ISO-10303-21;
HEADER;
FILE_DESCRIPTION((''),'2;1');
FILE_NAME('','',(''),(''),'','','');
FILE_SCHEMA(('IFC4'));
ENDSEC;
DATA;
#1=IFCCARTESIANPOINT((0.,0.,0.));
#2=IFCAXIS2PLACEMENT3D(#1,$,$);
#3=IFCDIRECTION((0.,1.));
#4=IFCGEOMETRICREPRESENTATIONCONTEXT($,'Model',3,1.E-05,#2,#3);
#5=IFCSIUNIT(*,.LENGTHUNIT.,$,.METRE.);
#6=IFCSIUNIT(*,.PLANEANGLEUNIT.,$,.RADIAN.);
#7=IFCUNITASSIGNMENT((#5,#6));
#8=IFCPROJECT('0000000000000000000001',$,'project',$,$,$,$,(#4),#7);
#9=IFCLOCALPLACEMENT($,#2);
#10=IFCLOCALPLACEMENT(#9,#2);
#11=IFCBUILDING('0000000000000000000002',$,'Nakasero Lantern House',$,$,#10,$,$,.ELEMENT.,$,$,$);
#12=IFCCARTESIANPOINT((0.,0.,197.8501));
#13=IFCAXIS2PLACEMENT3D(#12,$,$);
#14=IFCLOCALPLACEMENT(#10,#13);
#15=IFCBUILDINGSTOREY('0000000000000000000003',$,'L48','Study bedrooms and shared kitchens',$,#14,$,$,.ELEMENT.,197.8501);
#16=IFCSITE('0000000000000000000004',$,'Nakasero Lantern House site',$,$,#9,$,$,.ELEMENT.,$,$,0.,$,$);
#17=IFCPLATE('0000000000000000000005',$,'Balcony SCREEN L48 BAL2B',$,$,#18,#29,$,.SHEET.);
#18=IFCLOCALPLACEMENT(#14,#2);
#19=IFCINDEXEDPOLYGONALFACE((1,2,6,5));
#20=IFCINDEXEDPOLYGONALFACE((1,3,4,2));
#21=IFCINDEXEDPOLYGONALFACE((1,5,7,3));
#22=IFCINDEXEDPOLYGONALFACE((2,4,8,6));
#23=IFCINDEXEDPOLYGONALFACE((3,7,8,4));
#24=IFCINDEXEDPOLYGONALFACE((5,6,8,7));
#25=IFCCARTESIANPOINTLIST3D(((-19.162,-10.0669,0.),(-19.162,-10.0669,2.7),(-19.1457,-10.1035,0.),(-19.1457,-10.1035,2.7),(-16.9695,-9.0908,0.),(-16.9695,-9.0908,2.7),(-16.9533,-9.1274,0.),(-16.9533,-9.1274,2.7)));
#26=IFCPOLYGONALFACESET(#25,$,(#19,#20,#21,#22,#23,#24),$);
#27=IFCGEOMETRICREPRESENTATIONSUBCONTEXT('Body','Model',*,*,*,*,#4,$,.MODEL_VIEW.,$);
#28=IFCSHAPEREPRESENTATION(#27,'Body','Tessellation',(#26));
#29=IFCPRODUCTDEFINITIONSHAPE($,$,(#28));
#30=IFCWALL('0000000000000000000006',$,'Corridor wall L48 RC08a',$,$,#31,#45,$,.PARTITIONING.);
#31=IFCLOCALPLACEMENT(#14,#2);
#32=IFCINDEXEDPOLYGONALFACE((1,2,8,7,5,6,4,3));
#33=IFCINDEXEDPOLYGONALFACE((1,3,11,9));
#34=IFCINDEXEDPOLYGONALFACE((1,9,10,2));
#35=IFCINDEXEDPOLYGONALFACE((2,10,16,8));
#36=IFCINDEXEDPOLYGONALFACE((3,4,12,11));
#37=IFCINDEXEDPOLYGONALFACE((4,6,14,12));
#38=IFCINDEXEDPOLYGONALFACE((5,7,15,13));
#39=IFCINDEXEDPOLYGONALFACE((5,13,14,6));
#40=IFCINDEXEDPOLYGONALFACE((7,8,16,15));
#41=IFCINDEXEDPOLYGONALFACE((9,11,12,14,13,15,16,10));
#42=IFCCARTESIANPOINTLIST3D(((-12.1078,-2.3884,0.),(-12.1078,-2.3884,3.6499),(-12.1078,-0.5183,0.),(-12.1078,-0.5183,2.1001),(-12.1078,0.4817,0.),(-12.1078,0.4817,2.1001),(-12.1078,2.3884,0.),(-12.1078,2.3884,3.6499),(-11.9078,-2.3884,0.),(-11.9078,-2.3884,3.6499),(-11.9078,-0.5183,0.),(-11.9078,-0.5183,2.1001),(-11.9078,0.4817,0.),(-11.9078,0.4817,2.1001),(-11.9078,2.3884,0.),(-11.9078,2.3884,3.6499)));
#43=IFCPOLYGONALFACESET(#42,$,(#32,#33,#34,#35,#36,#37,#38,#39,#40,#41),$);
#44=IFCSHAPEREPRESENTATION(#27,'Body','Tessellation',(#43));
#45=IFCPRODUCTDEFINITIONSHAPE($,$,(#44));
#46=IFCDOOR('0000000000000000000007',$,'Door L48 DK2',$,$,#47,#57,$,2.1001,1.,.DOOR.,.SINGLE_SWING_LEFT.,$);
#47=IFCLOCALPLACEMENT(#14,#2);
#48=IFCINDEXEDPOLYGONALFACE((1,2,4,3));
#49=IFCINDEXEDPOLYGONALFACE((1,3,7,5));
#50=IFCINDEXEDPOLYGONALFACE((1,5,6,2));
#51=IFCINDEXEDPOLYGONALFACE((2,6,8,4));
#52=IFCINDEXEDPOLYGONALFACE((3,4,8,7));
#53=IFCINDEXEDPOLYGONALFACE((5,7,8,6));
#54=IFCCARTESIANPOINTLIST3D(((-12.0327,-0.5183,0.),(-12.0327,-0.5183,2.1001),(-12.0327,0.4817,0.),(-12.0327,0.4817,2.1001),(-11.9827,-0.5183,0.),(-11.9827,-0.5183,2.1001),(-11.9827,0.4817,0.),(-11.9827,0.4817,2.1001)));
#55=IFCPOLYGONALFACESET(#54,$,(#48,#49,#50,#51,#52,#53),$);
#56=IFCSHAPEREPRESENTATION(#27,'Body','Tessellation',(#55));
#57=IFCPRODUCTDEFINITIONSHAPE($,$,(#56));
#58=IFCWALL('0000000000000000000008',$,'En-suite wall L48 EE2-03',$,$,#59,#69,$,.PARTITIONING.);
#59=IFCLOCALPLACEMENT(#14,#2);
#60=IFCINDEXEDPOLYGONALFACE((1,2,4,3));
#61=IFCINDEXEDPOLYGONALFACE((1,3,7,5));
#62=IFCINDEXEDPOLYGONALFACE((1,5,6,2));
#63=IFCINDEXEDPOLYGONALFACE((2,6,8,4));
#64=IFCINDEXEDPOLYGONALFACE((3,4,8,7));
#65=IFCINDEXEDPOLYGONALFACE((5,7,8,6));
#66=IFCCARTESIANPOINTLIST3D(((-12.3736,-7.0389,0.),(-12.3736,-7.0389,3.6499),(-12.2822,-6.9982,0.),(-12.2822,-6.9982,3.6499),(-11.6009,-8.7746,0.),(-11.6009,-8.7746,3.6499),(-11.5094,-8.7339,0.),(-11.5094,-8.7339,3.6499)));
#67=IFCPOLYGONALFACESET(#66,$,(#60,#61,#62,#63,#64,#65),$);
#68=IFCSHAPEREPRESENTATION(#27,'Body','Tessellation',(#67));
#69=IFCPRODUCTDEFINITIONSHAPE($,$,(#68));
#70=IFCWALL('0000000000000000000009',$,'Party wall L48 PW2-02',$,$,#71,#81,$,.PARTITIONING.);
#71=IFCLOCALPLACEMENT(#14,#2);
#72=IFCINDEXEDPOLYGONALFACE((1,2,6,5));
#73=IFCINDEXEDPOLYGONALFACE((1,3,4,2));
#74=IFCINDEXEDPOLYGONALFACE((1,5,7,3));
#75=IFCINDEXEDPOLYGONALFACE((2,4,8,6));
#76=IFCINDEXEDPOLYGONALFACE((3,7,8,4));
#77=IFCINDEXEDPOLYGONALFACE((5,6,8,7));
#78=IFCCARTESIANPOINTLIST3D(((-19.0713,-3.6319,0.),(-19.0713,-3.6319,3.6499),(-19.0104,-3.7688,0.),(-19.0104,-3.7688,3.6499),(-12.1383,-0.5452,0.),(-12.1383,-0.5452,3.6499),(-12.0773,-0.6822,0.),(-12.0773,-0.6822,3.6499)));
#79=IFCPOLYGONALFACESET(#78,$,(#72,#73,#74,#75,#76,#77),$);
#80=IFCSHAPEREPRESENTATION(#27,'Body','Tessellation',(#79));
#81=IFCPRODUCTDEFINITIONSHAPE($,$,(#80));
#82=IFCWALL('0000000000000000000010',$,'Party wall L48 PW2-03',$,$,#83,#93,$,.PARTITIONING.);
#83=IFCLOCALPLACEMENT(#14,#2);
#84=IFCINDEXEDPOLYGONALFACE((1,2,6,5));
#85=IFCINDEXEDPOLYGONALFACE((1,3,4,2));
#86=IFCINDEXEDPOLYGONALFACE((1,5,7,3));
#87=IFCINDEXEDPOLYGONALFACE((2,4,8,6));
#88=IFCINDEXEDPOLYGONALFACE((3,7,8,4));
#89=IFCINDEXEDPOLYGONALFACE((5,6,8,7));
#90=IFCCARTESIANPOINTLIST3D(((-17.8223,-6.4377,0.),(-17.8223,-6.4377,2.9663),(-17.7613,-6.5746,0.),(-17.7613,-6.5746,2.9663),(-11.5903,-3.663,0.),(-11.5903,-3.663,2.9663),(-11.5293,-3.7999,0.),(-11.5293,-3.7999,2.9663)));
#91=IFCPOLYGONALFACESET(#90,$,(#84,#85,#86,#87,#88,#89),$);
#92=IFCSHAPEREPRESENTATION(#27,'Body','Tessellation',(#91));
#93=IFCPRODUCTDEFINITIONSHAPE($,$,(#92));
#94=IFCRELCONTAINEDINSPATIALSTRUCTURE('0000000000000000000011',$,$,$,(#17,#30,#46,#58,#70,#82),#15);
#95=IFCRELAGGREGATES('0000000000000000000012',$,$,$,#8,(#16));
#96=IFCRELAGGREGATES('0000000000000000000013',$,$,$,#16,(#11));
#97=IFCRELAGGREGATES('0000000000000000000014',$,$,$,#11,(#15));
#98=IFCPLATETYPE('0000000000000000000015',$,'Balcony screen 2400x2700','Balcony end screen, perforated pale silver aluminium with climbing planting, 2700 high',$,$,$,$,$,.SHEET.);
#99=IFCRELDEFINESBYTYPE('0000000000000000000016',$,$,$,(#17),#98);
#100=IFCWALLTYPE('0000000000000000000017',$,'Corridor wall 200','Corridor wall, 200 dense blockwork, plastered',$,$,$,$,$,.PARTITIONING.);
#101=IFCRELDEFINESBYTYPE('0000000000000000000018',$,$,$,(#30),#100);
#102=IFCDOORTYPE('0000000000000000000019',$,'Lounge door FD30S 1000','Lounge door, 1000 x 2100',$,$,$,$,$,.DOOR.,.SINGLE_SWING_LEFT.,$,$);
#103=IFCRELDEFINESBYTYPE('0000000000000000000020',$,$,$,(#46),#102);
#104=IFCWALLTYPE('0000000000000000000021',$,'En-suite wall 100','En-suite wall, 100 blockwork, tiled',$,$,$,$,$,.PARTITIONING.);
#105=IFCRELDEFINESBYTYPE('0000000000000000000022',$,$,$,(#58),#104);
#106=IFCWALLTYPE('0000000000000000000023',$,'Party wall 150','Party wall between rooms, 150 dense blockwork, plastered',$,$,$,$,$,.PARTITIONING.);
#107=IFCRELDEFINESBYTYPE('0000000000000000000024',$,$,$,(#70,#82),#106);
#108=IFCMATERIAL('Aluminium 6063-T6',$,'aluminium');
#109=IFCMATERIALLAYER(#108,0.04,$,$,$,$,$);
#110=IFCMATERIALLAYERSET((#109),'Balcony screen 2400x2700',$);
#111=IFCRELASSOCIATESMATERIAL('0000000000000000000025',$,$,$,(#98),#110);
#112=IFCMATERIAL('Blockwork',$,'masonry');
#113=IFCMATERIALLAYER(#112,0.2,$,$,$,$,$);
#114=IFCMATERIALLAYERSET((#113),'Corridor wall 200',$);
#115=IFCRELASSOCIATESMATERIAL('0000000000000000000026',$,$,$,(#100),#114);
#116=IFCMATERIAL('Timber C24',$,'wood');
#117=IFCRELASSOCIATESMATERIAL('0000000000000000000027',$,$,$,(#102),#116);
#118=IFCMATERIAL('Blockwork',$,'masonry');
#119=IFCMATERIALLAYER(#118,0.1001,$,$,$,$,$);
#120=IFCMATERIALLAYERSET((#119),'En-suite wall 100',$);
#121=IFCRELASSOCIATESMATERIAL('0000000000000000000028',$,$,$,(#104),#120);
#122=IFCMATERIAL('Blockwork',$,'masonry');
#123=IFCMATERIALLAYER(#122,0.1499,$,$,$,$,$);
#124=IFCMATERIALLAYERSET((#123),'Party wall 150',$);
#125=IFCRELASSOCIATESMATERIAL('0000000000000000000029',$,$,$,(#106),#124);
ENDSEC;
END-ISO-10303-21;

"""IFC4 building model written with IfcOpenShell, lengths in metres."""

from ifc_helpers import new_model, si_unit, direction, frame, frame_2d, origin, origin_2d, place, context, subcontext, project, spatial, rectangle, extrude, material, layer, layer_set, type_object, element, fill, save


model = new_model("IFC4")

# Units and contexts
model_context = context("Model", 3, precision=1e-05, world=origin(), true_north=direction((0.0, 1.0)))
body_context = subcontext(model_context, "Body", "Model", "MODEL_VIEW")
ifc_project = project(units=[si_unit("LENGTHUNIT", "METRE"), si_unit("PLANEANGLEUNIT", "RADIAN")], contexts=[model_context])

# Site, building, storey
site_placement = place(None, origin())
site = spatial("IfcSite", under=ifc_project, at=site_placement, Name="Nakasero Lantern House site", CompositionType="ELEMENT", RefElevation=0.0)
building_placement = place(site_placement, origin())
building = spatial("IfcBuilding", under=site, at=building_placement, Name="Nakasero Lantern House", CompositionType="ELEMENT")
storey_placement = place(building_placement, frame((0.0, 0.0, 197.8501)))
storey = spatial("IfcBuildingStorey", under=building, at=storey_placement, Name="L48", Description="Study bedrooms and shared kitchens", CompositionType="ELEMENT", Elevation=197.8501)

# Plate
ifc_material_1 = material(Name="Aluminium 6063-T6", Category="aluminium")
ifc_layer_1 = layer(ifc_material_1, 0.04)
ifc_layer_set_1 = layer_set([ifc_layer_1], Name="Balcony screen 2400x2700")
plate_type_1 = type_object("IfcPlateType", Name="Balcony screen 2400x2700", Description="Balcony end screen, perforated pale silver aluminium with climbing planting, 2700 high", PredefinedType="SHEET", material=ifc_layer_set_1)
for number, where, z_axis, x_axis, name in (
    (1, (-18.0576, -9.5972, 0.0), (0.0, 0.0, 1.0), (-0.913545, -0.406737, 0.0), "Balcony SCREEN L48 BAL2B"),
):
    element("IfcPlate", number, at=place(storey_placement, frame(where, z_axis=z_axis, x_axis=x_axis)), inside=storey, type_object=plate_type_1, Name=name, PredefinedType="SHEET", context=body_context, shape_type="SweptSolid", body=[
        extrude(rectangle(XDim=2.3999, YDim=0.04, at=origin_2d()), origin(), (0.0, 0.0, 1.0), 2.7),
    ])

# Wall, opening, door
ifc_material_2 = material(Name="Blockwork", Category="masonry")
ifc_layer_2 = layer(ifc_material_2, 0.2)
ifc_layer_set_2 = layer_set([ifc_layer_2], Name="Corridor wall 200")
wall_type_1 = type_object("IfcWallType", Name="Corridor wall 200", Description="Corridor wall, 200 dense blockwork, plastered", PredefinedType="PARTITIONING", material=ifc_layer_set_2)
wall_1_placement = place(storey_placement, frame((-12.0078, -2.3884, 0.0), z_axis=(0.0, 0.0, 1.0), x_axis=(0.0, 1.0, 0.0)))
wall_1 = element("IfcWall", 2, at=wall_1_placement, inside=storey, type_object=wall_type_1, Name="Corridor wall L48 RC08a", PredefinedType="PARTITIONING", context=body_context, shape_type="SweptSolid", body=[
    extrude(rectangle(XDim=4.7769, YDim=0.2, at=frame_2d((2.3884, 0.0))), origin(), (0.0, 0.0, 1.0), 3.6499),
])
opening_placement = place(wall_1_placement, frame((1.8701, 0.0, 0.0)))
opening = element("IfcOpeningElement", 3, at=opening_placement, cuts=wall_1, PredefinedType="OPENING", context=body_context, shape_type="SweptSolid", body=[
    extrude(rectangle(XDim=1.0, YDim=2.1001, at=frame_2d((0.5, 1.05))), frame((0.0, 0.1199, 0.0), z_axis=(0.0, -1.0, 0.0), x_axis=(1.0, 0.0, 0.0)), (0.0, 0.0, 1.0), 0.24),
])
ifc_material_3 = material(Name="Timber C24", Category="wood")
door_type = type_object("IfcDoorType", Name="Lounge door FD30S 1000", Description="Lounge door, 1000 x 2100", OperationType="SINGLE_SWING_LEFT", PredefinedType="DOOR", material=ifc_material_3)
door_placement = place(opening_placement, origin())
door = element("IfcDoor", 4, at=door_placement, inside=storey, type_object=door_type, Name="Door L48 DK2", OperationType="SINGLE_SWING_LEFT", OverallHeight=2.1001, OverallWidth=1.0, PredefinedType="DOOR", context=body_context, shape_type="SweptSolid", body=[
    extrude(rectangle(XDim=1.0, YDim=2.1001, at=frame_2d((0.5, 1.05))), frame((0.0, 0.0249, 0.0), z_axis=(0.0, -1.0, 0.0), x_axis=(1.0, 0.0, 0.0)), (0.0, 0.0, 1.0), 0.05),
])
fill(opening, door)

# Walls
ifc_material_4 = material(Name="Blockwork", Category="masonry")
ifc_layer_3 = layer(ifc_material_4, 0.1001)
ifc_layer_set_3 = layer_set([ifc_layer_3], Name="En-suite wall 100")
wall_type_2 = type_object("IfcWallType", Name="En-suite wall 100", Description="En-suite wall, 100 blockwork, tiled", PredefinedType="PARTITIONING", material=ifc_layer_set_3)
wall_2_placement = place(storey_placement, frame((-12.3279, -7.0186, 0.0), z_axis=(0.0, 0.0, 1.0), x_axis=(0.406723, -0.913552, 0.0)))
element("IfcWall", 5, at=wall_2_placement, inside=storey, type_object=wall_type_2, Name="En-suite wall L48 EE2-03", PredefinedType="PARTITIONING", context=body_context, shape_type="SweptSolid", body=[
    extrude(rectangle(XDim=1.8999, YDim=0.1001, at=frame_2d((0.95, 0.0))), origin(), (0.0, 0.0, 1.0), 3.6499),
])
ifc_material_5 = material(Name="Blockwork", Category="masonry")
ifc_layer_4 = layer(ifc_material_5, 0.1499)
ifc_layer_set_4 = layer_set([ifc_layer_4], Name="Party wall 150")
wall_type_3 = type_object("IfcWallType", Name="Party wall 150", Description="Party wall between rooms, 150 dense blockwork, plastered", PredefinedType="PARTITIONING", material=ifc_layer_set_4)
wall_3_placement = place(storey_placement, frame((-12.1079, -0.6138, 0.0), z_axis=(0.0, 0.0, 1.0), x_axis=(-0.913553, -0.40672, 0.0)))
element("IfcWall", 6, at=wall_3_placement, inside=storey, type_object=wall_type_3, Name="Party wall L48 PW2-02", PredefinedType="PARTITIONING", context=body_context, shape_type="SweptSolid", body=[
    extrude(rectangle(XDim=7.5891, YDim=0.1499, at=frame_2d((3.7944, 0.0))), origin(), (0.0, 0.0, 1.0), 3.6499),
])
wall_4_placement = place(storey_placement, frame((-11.5598, -3.7314, 0.0), z_axis=(0.0, 0.0, 1.0), x_axis=(-0.913544, -0.406739, 0.0)))
element("IfcWall", 7, at=wall_4_placement, inside=storey, type_object=wall_type_3, Name="Party wall L48 PW2-03", PredefinedType="PARTITIONING", context=body_context, shape_type="SweptSolid", body=[
    extrude(rectangle(XDim=6.8218, YDim=0.1499, at=frame_2d((3.4109, 0.0))), origin(), (0.0, 0.0, 1.0), 2.9663),
])

save(model, "model.ifc")
